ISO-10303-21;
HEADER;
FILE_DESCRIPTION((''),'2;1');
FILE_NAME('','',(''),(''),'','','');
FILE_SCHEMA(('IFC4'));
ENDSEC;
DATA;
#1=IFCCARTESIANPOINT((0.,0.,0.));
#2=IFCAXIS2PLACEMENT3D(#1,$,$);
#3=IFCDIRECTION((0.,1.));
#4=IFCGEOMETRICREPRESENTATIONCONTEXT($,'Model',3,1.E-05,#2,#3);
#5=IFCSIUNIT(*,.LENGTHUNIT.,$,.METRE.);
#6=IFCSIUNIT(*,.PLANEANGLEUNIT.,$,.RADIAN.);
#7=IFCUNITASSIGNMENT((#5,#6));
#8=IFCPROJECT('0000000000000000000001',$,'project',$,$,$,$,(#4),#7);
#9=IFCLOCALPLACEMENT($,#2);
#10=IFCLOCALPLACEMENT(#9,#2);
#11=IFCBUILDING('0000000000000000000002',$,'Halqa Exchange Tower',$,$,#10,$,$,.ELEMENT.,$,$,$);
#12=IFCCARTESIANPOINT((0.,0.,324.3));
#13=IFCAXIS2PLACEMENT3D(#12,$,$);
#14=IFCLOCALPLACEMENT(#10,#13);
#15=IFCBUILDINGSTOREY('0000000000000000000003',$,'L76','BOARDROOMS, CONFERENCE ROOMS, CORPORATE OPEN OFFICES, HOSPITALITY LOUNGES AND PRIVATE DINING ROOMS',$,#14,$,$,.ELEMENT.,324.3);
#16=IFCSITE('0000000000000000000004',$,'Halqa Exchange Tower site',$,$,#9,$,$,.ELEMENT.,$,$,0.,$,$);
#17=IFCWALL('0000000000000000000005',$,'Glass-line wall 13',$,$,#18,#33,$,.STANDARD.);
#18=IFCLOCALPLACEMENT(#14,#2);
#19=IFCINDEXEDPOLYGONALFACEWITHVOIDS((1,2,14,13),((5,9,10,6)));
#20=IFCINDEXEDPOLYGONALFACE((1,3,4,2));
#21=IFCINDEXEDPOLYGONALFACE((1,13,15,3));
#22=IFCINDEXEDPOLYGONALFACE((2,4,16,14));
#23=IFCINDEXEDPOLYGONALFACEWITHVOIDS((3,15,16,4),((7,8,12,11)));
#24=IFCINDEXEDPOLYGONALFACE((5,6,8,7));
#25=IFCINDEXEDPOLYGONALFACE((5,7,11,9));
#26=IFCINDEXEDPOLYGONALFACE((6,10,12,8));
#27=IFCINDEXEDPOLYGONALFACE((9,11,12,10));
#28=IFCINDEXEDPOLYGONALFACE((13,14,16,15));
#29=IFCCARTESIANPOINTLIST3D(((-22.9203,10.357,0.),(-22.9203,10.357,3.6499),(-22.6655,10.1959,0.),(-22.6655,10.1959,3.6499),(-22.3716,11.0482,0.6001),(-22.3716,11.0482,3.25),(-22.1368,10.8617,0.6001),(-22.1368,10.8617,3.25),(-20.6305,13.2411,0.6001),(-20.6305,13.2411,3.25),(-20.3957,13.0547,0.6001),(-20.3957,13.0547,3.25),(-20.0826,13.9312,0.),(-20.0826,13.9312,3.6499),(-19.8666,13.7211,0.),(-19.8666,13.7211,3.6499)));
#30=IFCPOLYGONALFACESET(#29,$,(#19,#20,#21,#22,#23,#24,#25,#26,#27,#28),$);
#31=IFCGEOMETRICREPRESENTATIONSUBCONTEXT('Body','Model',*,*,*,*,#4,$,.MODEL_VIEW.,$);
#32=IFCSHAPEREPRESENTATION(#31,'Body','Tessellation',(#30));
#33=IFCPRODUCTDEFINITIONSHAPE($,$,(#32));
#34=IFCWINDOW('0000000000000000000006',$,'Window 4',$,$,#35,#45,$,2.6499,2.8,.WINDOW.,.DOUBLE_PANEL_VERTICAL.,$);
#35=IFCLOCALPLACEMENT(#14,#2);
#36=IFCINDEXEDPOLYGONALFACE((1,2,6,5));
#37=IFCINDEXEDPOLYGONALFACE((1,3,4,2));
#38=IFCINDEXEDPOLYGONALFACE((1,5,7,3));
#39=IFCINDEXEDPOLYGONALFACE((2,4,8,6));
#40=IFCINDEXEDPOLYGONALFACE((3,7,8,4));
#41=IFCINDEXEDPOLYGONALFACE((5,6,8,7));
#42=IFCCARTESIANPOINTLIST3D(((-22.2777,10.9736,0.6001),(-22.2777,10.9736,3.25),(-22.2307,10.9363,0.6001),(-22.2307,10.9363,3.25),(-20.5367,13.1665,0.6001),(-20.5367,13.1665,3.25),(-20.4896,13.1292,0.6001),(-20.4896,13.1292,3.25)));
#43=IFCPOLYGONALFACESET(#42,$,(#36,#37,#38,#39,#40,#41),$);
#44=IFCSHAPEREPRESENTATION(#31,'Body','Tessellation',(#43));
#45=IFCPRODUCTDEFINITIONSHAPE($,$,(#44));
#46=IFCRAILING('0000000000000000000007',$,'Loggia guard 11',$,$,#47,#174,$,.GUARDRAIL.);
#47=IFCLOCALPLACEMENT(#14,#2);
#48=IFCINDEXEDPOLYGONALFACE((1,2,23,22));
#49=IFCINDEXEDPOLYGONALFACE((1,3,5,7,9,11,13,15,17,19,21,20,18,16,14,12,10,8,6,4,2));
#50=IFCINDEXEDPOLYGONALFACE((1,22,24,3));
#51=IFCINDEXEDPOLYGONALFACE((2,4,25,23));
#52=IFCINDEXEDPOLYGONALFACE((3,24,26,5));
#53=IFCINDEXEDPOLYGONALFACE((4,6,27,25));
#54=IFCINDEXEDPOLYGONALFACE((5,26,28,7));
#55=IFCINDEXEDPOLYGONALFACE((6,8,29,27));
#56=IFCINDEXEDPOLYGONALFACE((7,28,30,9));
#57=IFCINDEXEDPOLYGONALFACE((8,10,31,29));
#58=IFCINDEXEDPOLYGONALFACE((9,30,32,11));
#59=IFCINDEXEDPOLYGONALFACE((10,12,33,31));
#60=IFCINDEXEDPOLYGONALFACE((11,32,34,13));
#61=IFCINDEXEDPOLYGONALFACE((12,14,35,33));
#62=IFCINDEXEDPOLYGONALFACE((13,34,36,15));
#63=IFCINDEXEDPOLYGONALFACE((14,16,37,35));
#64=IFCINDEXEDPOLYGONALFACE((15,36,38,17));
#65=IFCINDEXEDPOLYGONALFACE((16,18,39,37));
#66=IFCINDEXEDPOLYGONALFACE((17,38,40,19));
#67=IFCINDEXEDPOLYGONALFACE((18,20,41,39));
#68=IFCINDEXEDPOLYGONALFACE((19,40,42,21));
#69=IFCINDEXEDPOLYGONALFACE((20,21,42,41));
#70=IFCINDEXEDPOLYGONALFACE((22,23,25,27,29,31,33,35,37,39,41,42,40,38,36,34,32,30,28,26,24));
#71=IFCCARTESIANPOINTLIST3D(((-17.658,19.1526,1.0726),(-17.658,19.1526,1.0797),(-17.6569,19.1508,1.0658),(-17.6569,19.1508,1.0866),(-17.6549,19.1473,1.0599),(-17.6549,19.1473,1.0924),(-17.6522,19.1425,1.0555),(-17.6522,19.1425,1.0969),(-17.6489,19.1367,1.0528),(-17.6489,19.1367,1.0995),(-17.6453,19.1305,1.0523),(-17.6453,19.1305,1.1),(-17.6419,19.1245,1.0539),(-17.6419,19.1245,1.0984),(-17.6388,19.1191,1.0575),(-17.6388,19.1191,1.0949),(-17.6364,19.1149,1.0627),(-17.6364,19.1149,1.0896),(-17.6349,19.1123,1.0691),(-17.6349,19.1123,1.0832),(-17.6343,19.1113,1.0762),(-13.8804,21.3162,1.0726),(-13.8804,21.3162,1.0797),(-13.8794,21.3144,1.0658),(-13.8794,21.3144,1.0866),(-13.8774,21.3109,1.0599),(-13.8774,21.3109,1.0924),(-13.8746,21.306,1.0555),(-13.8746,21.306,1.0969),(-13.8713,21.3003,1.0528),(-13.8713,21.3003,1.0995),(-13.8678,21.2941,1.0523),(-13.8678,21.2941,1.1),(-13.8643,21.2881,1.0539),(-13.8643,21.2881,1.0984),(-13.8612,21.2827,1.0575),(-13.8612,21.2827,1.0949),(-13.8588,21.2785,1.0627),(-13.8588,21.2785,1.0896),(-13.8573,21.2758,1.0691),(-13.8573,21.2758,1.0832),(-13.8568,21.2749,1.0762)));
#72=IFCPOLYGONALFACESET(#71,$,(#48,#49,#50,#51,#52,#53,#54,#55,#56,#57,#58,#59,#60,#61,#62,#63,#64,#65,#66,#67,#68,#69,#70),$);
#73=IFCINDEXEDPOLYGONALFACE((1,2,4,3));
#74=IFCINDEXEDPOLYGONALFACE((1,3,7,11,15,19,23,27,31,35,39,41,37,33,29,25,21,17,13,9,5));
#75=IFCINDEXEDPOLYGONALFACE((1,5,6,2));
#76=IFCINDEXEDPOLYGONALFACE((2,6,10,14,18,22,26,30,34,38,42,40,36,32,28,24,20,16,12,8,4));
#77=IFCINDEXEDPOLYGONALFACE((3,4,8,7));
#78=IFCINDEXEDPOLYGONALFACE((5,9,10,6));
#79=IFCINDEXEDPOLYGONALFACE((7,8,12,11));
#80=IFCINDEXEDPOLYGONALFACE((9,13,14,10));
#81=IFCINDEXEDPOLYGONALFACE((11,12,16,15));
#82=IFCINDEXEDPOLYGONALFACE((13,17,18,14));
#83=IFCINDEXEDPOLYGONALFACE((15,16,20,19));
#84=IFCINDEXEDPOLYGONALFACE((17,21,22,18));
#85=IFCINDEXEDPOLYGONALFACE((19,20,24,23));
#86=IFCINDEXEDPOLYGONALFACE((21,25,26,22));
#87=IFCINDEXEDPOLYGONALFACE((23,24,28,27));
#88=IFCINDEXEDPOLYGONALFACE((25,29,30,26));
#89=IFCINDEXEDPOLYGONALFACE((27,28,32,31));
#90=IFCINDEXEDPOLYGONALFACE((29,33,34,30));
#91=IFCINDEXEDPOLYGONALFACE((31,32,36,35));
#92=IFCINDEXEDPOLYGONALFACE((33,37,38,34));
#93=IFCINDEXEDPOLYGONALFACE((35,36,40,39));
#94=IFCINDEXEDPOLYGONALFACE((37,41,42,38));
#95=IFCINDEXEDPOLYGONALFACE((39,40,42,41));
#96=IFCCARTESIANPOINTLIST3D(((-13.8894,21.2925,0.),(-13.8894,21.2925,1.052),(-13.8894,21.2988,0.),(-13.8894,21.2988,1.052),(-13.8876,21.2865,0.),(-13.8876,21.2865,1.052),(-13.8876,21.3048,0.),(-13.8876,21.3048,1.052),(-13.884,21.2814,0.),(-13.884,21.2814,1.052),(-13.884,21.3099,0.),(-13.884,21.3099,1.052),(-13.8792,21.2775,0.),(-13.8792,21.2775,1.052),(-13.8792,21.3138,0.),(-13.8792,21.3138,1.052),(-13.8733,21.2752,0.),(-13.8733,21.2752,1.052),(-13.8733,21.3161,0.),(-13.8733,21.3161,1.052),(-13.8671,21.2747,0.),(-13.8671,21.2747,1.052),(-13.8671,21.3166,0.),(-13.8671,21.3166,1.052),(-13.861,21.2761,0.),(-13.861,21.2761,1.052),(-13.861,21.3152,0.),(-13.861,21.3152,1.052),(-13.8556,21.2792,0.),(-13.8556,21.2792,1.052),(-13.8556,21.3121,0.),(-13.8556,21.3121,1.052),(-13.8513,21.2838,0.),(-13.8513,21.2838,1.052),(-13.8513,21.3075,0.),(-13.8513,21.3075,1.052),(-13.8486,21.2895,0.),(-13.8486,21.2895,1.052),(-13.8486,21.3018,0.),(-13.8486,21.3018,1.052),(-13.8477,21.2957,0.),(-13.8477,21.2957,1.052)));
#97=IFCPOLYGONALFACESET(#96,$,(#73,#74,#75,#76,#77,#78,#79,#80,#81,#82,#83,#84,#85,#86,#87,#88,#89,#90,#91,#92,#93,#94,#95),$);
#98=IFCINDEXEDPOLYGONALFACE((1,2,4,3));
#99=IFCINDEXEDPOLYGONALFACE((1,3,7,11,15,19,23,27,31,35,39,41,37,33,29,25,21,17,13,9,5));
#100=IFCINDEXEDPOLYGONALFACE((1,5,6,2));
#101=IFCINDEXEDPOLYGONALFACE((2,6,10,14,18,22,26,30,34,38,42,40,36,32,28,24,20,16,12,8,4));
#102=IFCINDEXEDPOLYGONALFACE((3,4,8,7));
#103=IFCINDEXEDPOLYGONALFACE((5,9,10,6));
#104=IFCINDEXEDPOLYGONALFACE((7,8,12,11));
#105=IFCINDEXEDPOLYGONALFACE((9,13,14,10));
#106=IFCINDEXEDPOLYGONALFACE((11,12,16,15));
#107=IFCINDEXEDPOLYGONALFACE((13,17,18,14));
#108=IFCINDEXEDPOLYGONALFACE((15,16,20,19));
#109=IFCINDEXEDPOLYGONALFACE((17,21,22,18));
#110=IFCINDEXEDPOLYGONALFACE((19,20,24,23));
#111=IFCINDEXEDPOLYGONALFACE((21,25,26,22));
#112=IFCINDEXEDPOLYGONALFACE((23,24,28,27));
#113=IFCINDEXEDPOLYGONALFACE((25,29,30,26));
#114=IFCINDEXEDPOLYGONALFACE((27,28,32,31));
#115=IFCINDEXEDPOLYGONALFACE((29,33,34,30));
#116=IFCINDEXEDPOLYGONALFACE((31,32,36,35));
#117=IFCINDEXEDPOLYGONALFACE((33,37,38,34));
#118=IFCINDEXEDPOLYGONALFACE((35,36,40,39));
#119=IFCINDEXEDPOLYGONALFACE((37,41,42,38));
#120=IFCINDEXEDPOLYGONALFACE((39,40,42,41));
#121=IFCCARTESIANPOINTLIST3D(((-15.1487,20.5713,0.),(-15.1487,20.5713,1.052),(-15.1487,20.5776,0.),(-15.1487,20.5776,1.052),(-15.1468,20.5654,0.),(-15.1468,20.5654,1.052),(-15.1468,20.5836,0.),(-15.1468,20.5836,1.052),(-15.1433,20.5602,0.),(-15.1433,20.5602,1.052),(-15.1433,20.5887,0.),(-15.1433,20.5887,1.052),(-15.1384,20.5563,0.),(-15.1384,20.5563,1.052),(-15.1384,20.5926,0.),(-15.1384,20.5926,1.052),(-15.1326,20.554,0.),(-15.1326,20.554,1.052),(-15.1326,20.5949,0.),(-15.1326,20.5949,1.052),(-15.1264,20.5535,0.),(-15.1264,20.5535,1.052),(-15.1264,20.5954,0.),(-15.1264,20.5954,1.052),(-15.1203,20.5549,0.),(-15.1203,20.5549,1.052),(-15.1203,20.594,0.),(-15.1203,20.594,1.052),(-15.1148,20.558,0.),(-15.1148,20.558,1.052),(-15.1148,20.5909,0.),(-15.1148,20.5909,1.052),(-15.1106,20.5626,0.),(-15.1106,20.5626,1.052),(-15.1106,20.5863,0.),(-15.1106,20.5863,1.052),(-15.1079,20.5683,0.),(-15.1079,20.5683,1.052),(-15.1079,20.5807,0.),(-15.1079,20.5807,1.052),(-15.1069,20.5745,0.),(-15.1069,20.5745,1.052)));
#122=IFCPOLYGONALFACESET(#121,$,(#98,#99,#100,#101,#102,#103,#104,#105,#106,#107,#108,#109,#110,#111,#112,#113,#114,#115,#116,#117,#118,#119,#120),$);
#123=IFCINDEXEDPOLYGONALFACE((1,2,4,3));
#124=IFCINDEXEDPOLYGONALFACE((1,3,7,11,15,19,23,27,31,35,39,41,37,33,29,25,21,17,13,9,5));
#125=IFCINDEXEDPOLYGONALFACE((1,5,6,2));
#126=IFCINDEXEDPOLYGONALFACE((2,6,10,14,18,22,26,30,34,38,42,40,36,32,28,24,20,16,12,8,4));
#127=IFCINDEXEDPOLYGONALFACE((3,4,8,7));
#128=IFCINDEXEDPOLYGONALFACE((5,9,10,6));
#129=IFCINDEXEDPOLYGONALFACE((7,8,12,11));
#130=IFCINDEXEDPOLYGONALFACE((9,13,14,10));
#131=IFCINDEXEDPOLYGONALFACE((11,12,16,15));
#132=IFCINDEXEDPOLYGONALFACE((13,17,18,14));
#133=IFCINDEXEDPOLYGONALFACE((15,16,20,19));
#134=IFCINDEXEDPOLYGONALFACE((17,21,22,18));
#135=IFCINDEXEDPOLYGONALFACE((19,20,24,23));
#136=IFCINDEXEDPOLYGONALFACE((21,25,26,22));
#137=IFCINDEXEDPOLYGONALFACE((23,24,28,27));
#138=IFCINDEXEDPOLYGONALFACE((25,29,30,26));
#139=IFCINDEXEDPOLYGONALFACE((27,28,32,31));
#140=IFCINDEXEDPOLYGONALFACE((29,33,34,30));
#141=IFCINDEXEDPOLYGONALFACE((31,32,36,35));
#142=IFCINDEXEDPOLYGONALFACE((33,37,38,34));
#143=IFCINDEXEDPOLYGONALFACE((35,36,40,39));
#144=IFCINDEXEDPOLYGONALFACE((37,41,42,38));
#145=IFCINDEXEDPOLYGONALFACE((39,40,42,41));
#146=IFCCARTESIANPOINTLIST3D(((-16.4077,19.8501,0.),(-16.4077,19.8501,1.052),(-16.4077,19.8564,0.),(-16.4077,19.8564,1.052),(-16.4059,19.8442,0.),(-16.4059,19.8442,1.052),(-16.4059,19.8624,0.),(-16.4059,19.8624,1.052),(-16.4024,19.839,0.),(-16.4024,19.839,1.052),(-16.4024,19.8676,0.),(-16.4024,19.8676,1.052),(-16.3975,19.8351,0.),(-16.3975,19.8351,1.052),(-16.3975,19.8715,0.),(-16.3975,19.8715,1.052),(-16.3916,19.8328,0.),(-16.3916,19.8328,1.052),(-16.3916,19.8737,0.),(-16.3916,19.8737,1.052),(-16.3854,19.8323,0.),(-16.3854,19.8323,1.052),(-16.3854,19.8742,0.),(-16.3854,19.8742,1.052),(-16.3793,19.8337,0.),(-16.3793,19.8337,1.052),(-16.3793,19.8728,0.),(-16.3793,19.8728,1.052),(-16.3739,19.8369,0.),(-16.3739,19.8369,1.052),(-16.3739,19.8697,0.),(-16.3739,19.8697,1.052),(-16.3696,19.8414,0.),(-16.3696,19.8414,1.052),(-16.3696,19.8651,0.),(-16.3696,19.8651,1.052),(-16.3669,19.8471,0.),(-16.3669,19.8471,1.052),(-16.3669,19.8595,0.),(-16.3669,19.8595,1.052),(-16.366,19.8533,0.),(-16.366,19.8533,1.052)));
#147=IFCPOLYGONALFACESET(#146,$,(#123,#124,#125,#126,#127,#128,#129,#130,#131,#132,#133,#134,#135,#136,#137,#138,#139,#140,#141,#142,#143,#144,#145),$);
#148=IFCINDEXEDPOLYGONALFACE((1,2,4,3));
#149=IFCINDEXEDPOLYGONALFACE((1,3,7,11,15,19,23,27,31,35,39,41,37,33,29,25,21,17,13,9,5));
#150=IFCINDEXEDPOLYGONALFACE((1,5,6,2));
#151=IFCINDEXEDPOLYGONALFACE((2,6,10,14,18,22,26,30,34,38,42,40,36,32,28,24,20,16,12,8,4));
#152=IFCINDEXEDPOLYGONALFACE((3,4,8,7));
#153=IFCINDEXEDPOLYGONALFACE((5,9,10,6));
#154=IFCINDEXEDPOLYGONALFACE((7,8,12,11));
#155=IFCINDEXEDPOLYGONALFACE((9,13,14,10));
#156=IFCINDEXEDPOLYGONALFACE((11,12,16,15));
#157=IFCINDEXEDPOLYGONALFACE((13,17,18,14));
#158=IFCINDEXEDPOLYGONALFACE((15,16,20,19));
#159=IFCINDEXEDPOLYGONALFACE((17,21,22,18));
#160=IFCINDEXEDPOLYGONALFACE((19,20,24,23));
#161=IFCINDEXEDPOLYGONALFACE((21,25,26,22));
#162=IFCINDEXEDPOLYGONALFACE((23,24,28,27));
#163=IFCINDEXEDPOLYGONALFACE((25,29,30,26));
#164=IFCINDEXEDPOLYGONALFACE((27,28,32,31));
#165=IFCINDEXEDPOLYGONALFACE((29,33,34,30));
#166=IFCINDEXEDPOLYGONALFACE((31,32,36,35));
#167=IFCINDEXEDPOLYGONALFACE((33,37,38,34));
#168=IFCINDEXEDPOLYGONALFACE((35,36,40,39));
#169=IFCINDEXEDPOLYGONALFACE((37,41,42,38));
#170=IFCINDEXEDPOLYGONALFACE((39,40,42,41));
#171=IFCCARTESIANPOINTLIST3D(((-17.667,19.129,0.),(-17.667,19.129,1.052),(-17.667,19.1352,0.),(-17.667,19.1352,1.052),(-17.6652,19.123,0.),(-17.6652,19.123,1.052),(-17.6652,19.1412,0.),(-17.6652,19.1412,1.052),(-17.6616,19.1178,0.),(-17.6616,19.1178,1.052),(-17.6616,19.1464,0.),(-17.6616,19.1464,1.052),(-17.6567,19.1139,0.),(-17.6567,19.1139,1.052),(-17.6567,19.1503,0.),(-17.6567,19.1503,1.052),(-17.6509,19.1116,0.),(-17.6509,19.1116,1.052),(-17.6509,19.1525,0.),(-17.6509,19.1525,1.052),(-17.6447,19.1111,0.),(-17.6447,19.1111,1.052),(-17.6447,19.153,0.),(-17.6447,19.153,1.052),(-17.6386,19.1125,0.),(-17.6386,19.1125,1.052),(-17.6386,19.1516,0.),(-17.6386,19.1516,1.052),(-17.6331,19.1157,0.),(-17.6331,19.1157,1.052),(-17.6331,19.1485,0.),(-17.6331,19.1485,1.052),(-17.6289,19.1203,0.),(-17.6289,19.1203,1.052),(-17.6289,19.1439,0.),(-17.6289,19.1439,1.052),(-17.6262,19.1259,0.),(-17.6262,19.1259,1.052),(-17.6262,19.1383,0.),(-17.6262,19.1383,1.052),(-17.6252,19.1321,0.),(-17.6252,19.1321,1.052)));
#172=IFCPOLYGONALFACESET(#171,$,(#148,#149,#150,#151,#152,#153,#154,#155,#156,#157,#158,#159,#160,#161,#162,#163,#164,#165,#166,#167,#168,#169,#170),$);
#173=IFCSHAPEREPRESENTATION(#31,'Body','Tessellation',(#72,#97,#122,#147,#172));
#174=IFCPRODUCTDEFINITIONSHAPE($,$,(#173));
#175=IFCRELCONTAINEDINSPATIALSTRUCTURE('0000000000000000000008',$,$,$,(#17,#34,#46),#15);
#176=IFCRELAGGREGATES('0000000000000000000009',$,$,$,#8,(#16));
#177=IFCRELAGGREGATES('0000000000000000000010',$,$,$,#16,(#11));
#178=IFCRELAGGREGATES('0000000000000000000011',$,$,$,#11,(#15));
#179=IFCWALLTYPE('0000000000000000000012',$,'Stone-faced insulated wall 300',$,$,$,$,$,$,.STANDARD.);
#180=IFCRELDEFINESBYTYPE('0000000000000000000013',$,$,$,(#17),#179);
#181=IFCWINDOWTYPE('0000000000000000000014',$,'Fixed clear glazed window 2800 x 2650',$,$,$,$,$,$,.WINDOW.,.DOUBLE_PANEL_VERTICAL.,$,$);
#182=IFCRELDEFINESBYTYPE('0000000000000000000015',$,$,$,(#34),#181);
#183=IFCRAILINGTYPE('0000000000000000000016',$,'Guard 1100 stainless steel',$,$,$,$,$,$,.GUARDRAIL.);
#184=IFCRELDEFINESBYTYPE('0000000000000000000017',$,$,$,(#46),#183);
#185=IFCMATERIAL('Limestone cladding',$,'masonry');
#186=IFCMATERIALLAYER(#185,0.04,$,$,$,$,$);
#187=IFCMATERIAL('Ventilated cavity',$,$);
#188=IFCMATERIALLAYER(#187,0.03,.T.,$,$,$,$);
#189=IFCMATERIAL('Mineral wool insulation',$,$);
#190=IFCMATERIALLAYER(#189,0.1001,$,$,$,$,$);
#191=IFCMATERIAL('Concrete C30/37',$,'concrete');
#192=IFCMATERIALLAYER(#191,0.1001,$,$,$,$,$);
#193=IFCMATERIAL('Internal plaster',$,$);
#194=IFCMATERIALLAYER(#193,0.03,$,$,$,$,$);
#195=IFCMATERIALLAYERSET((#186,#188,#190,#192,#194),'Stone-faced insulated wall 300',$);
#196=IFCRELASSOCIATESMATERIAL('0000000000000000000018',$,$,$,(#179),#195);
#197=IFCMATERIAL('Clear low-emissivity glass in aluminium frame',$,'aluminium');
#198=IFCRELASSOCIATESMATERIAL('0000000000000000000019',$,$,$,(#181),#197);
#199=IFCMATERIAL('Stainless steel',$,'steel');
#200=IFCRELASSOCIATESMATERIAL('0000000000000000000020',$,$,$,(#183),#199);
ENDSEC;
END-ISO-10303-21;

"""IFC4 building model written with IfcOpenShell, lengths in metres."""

from ifc_helpers import new_model, si_unit, direction, frame, frame_2d, origin, origin_2d, place, context, subcontext, project, spatial, polyline, rectangle, circle, outline, extrude, material, layer, layer_set, type_object, element, fill, save


model = new_model("IFC4")

# Units and contexts
model_context = context("Model", 3, precision=1e-05, world=origin(), true_north=direction((0.0, 1.0)))
body_context = subcontext(model_context, "Body", "Model", "MODEL_VIEW")
ifc_project = project(units=[si_unit("LENGTHUNIT", "METRE"), si_unit("PLANEANGLEUNIT", "RADIAN")], contexts=[model_context])

# Site, building, storey
site_placement = place(None, origin())
site = spatial("IfcSite", under=ifc_project, at=site_placement, Name="Halqa Exchange Tower site", CompositionType="ELEMENT", RefElevation=0.0)
building_placement = place(site_placement, origin())
building = spatial("IfcBuilding", under=site, at=building_placement, Name="Halqa Exchange Tower", CompositionType="ELEMENT")
storey_placement = place(building_placement, frame((0.0, 0.0, 324.3)))
storey = spatial("IfcBuildingStorey", under=building, at=storey_placement, Name="L76", Description="BOARDROOMS, CONFERENCE ROOMS, CORPORATE OPEN OFFICES, HOSPITALITY LOUNGES AND PRIVATE DINING ROOMS", CompositionType="ELEMENT", Elevation=324.3)

# Shared definitions
ifc_material_1 = material(Name="Limestone cladding", Category="masonry")
ifc_layer_1 = layer(ifc_material_1, 0.04)
ifc_material_2 = material(Name="Ventilated cavity")
ifc_layer_2 = layer(ifc_material_2, 0.03, ventilated=True)
ifc_material_3 = material(Name="Mineral wool insulation")
ifc_layer_3 = layer(ifc_material_3, 0.1001)
ifc_material_4 = material(Name="Concrete C30/37", Category="concrete")
ifc_layer_4 = layer(ifc_material_4, 0.1001)
ifc_material_5 = material(Name="Internal plaster")
ifc_layer_5 = layer(ifc_material_5, 0.03)
ifc_layer_set_1 = layer_set([ifc_layer_1, ifc_layer_2, ifc_layer_3, ifc_layer_4, ifc_layer_5], Name="Stone-faced insulated wall 300")
wall_type_1 = type_object("IfcWallType", Name="Stone-faced insulated wall 300", PredefinedType="STANDARD", material=ifc_layer_set_1)
ifc_material_6 = material(Name="Clear low-emissivity glass in aluminium frame", Category="aluminium")
window_type = type_object("IfcWindowType", Name="Fixed clear glazed window 2800 x 2650", PartitioningType="DOUBLE_PANEL_VERTICAL", PredefinedType="WINDOW", material=ifc_material_6)

# Wall, opening, window
wall_1_placement = place(storey_placement, frame((-19.9746, 13.8262, 0.0), z_axis=(0.0, 0.0, 1.0), x_axis=(-0.621801, -0.783176, 0.0)))
wall_1 = element("IfcWall", 1, at=wall_1_placement, inside=storey, type_object=wall_type_1, Name="Glass-line wall 13", PredefinedType="STANDARD", context=body_context, shape_type="SweptSolid", body=[
    extrude(outline(polyline([(-0.0151, -0.1499), (4.5486, -0.1499), (4.5164, 0.1499), (0.0151, 0.1499), (-0.0151, -0.1499)])), origin(), (0.0, 0.0, 1.0), 3.6499),
])
opening_1_placement = place(wall_1_placement, frame((0.8662, 0.0, 0.6001)))
opening_1 = element("IfcOpeningElement", 2, at=opening_1_placement, cuts=wall_1, PredefinedType="OPENING", context=body_context, shape_type="SweptSolid", body=[
    extrude(rectangle(XDim=2.8, YDim=2.6499, at=frame_2d((1.3999, 1.325))), frame((0.0, 0.1621, 0.0), z_axis=(0.0, -1.0, 0.0), x_axis=(1.0, 0.0, 0.0)), (0.0, 0.0, 1.0), 0.324),
])
window_1_placement = place(opening_1_placement, origin())
window_1 = element("IfcWindow", 3, at=window_1_placement, inside=storey, type_object=window_type, Name="Window 4", OverallHeight=2.6499, OverallWidth=2.8, PartitioningType="DOUBLE_PANEL_VERTICAL", PredefinedType="WINDOW", context=body_context, shape_type="SweptSolid", body=[
    extrude(rectangle(XDim=2.8, YDim=2.6499, at=frame_2d((1.3999, 1.325))), frame((0.0, 0.03, 0.0), z_axis=(0.0, -1.0, 0.0), x_axis=(1.0, 0.0, 0.0)), (0.0, 0.0, 1.0), 0.0601),
])
fill(opening_1, window_1)

# Railing
ifc_material_7 = material(Name="Stainless steel", Category="steel")
railing_type = type_object("IfcRailingType", Name="Guard 1100 stainless steel", PredefinedType="GUARDRAIL", material=ifc_material_7)
railing_1_placement = place(storey_placement, frame((-13.8687, 21.2957, 0.0)))
element("IfcRailing", 4, at=railing_1_placement, inside=storey, type_object=railing_type, Name="Loggia guard 11", PredefinedType="GUARDRAIL", context=body_context, shape_type="SweptSolid", body=[
    extrude(circle(Radius=0.0239, at=origin_2d()), frame((0.0, 0.0, 1.0762), z_axis=(-0.867753, -0.496996, 0.0), x_axis=(0.496996, -0.867753, 0.0)), (0.0, 0.0, 1.0), 4.3533),
    extrude(circle(Radius=0.021, at=origin_2d()), origin(), (0.0, 0.0, 1.0), 1.052),
    extrude(circle(Radius=0.021, at=origin_2d()), frame((-1.2593, -0.7212, 0.0)), (0.0, 0.0, 1.0), 1.052),
    extrude(circle(Radius=0.021, at=origin_2d()), frame((-2.5183, -1.4424, 0.0)), (0.0, 0.0, 1.0), 1.052),
    extrude(circle(Radius=0.021, at=origin_2d()), frame((-3.7776, -2.1636, 0.0)), (0.0, 0.0, 1.0), 1.052),
])

save(model, "model.ifc")
